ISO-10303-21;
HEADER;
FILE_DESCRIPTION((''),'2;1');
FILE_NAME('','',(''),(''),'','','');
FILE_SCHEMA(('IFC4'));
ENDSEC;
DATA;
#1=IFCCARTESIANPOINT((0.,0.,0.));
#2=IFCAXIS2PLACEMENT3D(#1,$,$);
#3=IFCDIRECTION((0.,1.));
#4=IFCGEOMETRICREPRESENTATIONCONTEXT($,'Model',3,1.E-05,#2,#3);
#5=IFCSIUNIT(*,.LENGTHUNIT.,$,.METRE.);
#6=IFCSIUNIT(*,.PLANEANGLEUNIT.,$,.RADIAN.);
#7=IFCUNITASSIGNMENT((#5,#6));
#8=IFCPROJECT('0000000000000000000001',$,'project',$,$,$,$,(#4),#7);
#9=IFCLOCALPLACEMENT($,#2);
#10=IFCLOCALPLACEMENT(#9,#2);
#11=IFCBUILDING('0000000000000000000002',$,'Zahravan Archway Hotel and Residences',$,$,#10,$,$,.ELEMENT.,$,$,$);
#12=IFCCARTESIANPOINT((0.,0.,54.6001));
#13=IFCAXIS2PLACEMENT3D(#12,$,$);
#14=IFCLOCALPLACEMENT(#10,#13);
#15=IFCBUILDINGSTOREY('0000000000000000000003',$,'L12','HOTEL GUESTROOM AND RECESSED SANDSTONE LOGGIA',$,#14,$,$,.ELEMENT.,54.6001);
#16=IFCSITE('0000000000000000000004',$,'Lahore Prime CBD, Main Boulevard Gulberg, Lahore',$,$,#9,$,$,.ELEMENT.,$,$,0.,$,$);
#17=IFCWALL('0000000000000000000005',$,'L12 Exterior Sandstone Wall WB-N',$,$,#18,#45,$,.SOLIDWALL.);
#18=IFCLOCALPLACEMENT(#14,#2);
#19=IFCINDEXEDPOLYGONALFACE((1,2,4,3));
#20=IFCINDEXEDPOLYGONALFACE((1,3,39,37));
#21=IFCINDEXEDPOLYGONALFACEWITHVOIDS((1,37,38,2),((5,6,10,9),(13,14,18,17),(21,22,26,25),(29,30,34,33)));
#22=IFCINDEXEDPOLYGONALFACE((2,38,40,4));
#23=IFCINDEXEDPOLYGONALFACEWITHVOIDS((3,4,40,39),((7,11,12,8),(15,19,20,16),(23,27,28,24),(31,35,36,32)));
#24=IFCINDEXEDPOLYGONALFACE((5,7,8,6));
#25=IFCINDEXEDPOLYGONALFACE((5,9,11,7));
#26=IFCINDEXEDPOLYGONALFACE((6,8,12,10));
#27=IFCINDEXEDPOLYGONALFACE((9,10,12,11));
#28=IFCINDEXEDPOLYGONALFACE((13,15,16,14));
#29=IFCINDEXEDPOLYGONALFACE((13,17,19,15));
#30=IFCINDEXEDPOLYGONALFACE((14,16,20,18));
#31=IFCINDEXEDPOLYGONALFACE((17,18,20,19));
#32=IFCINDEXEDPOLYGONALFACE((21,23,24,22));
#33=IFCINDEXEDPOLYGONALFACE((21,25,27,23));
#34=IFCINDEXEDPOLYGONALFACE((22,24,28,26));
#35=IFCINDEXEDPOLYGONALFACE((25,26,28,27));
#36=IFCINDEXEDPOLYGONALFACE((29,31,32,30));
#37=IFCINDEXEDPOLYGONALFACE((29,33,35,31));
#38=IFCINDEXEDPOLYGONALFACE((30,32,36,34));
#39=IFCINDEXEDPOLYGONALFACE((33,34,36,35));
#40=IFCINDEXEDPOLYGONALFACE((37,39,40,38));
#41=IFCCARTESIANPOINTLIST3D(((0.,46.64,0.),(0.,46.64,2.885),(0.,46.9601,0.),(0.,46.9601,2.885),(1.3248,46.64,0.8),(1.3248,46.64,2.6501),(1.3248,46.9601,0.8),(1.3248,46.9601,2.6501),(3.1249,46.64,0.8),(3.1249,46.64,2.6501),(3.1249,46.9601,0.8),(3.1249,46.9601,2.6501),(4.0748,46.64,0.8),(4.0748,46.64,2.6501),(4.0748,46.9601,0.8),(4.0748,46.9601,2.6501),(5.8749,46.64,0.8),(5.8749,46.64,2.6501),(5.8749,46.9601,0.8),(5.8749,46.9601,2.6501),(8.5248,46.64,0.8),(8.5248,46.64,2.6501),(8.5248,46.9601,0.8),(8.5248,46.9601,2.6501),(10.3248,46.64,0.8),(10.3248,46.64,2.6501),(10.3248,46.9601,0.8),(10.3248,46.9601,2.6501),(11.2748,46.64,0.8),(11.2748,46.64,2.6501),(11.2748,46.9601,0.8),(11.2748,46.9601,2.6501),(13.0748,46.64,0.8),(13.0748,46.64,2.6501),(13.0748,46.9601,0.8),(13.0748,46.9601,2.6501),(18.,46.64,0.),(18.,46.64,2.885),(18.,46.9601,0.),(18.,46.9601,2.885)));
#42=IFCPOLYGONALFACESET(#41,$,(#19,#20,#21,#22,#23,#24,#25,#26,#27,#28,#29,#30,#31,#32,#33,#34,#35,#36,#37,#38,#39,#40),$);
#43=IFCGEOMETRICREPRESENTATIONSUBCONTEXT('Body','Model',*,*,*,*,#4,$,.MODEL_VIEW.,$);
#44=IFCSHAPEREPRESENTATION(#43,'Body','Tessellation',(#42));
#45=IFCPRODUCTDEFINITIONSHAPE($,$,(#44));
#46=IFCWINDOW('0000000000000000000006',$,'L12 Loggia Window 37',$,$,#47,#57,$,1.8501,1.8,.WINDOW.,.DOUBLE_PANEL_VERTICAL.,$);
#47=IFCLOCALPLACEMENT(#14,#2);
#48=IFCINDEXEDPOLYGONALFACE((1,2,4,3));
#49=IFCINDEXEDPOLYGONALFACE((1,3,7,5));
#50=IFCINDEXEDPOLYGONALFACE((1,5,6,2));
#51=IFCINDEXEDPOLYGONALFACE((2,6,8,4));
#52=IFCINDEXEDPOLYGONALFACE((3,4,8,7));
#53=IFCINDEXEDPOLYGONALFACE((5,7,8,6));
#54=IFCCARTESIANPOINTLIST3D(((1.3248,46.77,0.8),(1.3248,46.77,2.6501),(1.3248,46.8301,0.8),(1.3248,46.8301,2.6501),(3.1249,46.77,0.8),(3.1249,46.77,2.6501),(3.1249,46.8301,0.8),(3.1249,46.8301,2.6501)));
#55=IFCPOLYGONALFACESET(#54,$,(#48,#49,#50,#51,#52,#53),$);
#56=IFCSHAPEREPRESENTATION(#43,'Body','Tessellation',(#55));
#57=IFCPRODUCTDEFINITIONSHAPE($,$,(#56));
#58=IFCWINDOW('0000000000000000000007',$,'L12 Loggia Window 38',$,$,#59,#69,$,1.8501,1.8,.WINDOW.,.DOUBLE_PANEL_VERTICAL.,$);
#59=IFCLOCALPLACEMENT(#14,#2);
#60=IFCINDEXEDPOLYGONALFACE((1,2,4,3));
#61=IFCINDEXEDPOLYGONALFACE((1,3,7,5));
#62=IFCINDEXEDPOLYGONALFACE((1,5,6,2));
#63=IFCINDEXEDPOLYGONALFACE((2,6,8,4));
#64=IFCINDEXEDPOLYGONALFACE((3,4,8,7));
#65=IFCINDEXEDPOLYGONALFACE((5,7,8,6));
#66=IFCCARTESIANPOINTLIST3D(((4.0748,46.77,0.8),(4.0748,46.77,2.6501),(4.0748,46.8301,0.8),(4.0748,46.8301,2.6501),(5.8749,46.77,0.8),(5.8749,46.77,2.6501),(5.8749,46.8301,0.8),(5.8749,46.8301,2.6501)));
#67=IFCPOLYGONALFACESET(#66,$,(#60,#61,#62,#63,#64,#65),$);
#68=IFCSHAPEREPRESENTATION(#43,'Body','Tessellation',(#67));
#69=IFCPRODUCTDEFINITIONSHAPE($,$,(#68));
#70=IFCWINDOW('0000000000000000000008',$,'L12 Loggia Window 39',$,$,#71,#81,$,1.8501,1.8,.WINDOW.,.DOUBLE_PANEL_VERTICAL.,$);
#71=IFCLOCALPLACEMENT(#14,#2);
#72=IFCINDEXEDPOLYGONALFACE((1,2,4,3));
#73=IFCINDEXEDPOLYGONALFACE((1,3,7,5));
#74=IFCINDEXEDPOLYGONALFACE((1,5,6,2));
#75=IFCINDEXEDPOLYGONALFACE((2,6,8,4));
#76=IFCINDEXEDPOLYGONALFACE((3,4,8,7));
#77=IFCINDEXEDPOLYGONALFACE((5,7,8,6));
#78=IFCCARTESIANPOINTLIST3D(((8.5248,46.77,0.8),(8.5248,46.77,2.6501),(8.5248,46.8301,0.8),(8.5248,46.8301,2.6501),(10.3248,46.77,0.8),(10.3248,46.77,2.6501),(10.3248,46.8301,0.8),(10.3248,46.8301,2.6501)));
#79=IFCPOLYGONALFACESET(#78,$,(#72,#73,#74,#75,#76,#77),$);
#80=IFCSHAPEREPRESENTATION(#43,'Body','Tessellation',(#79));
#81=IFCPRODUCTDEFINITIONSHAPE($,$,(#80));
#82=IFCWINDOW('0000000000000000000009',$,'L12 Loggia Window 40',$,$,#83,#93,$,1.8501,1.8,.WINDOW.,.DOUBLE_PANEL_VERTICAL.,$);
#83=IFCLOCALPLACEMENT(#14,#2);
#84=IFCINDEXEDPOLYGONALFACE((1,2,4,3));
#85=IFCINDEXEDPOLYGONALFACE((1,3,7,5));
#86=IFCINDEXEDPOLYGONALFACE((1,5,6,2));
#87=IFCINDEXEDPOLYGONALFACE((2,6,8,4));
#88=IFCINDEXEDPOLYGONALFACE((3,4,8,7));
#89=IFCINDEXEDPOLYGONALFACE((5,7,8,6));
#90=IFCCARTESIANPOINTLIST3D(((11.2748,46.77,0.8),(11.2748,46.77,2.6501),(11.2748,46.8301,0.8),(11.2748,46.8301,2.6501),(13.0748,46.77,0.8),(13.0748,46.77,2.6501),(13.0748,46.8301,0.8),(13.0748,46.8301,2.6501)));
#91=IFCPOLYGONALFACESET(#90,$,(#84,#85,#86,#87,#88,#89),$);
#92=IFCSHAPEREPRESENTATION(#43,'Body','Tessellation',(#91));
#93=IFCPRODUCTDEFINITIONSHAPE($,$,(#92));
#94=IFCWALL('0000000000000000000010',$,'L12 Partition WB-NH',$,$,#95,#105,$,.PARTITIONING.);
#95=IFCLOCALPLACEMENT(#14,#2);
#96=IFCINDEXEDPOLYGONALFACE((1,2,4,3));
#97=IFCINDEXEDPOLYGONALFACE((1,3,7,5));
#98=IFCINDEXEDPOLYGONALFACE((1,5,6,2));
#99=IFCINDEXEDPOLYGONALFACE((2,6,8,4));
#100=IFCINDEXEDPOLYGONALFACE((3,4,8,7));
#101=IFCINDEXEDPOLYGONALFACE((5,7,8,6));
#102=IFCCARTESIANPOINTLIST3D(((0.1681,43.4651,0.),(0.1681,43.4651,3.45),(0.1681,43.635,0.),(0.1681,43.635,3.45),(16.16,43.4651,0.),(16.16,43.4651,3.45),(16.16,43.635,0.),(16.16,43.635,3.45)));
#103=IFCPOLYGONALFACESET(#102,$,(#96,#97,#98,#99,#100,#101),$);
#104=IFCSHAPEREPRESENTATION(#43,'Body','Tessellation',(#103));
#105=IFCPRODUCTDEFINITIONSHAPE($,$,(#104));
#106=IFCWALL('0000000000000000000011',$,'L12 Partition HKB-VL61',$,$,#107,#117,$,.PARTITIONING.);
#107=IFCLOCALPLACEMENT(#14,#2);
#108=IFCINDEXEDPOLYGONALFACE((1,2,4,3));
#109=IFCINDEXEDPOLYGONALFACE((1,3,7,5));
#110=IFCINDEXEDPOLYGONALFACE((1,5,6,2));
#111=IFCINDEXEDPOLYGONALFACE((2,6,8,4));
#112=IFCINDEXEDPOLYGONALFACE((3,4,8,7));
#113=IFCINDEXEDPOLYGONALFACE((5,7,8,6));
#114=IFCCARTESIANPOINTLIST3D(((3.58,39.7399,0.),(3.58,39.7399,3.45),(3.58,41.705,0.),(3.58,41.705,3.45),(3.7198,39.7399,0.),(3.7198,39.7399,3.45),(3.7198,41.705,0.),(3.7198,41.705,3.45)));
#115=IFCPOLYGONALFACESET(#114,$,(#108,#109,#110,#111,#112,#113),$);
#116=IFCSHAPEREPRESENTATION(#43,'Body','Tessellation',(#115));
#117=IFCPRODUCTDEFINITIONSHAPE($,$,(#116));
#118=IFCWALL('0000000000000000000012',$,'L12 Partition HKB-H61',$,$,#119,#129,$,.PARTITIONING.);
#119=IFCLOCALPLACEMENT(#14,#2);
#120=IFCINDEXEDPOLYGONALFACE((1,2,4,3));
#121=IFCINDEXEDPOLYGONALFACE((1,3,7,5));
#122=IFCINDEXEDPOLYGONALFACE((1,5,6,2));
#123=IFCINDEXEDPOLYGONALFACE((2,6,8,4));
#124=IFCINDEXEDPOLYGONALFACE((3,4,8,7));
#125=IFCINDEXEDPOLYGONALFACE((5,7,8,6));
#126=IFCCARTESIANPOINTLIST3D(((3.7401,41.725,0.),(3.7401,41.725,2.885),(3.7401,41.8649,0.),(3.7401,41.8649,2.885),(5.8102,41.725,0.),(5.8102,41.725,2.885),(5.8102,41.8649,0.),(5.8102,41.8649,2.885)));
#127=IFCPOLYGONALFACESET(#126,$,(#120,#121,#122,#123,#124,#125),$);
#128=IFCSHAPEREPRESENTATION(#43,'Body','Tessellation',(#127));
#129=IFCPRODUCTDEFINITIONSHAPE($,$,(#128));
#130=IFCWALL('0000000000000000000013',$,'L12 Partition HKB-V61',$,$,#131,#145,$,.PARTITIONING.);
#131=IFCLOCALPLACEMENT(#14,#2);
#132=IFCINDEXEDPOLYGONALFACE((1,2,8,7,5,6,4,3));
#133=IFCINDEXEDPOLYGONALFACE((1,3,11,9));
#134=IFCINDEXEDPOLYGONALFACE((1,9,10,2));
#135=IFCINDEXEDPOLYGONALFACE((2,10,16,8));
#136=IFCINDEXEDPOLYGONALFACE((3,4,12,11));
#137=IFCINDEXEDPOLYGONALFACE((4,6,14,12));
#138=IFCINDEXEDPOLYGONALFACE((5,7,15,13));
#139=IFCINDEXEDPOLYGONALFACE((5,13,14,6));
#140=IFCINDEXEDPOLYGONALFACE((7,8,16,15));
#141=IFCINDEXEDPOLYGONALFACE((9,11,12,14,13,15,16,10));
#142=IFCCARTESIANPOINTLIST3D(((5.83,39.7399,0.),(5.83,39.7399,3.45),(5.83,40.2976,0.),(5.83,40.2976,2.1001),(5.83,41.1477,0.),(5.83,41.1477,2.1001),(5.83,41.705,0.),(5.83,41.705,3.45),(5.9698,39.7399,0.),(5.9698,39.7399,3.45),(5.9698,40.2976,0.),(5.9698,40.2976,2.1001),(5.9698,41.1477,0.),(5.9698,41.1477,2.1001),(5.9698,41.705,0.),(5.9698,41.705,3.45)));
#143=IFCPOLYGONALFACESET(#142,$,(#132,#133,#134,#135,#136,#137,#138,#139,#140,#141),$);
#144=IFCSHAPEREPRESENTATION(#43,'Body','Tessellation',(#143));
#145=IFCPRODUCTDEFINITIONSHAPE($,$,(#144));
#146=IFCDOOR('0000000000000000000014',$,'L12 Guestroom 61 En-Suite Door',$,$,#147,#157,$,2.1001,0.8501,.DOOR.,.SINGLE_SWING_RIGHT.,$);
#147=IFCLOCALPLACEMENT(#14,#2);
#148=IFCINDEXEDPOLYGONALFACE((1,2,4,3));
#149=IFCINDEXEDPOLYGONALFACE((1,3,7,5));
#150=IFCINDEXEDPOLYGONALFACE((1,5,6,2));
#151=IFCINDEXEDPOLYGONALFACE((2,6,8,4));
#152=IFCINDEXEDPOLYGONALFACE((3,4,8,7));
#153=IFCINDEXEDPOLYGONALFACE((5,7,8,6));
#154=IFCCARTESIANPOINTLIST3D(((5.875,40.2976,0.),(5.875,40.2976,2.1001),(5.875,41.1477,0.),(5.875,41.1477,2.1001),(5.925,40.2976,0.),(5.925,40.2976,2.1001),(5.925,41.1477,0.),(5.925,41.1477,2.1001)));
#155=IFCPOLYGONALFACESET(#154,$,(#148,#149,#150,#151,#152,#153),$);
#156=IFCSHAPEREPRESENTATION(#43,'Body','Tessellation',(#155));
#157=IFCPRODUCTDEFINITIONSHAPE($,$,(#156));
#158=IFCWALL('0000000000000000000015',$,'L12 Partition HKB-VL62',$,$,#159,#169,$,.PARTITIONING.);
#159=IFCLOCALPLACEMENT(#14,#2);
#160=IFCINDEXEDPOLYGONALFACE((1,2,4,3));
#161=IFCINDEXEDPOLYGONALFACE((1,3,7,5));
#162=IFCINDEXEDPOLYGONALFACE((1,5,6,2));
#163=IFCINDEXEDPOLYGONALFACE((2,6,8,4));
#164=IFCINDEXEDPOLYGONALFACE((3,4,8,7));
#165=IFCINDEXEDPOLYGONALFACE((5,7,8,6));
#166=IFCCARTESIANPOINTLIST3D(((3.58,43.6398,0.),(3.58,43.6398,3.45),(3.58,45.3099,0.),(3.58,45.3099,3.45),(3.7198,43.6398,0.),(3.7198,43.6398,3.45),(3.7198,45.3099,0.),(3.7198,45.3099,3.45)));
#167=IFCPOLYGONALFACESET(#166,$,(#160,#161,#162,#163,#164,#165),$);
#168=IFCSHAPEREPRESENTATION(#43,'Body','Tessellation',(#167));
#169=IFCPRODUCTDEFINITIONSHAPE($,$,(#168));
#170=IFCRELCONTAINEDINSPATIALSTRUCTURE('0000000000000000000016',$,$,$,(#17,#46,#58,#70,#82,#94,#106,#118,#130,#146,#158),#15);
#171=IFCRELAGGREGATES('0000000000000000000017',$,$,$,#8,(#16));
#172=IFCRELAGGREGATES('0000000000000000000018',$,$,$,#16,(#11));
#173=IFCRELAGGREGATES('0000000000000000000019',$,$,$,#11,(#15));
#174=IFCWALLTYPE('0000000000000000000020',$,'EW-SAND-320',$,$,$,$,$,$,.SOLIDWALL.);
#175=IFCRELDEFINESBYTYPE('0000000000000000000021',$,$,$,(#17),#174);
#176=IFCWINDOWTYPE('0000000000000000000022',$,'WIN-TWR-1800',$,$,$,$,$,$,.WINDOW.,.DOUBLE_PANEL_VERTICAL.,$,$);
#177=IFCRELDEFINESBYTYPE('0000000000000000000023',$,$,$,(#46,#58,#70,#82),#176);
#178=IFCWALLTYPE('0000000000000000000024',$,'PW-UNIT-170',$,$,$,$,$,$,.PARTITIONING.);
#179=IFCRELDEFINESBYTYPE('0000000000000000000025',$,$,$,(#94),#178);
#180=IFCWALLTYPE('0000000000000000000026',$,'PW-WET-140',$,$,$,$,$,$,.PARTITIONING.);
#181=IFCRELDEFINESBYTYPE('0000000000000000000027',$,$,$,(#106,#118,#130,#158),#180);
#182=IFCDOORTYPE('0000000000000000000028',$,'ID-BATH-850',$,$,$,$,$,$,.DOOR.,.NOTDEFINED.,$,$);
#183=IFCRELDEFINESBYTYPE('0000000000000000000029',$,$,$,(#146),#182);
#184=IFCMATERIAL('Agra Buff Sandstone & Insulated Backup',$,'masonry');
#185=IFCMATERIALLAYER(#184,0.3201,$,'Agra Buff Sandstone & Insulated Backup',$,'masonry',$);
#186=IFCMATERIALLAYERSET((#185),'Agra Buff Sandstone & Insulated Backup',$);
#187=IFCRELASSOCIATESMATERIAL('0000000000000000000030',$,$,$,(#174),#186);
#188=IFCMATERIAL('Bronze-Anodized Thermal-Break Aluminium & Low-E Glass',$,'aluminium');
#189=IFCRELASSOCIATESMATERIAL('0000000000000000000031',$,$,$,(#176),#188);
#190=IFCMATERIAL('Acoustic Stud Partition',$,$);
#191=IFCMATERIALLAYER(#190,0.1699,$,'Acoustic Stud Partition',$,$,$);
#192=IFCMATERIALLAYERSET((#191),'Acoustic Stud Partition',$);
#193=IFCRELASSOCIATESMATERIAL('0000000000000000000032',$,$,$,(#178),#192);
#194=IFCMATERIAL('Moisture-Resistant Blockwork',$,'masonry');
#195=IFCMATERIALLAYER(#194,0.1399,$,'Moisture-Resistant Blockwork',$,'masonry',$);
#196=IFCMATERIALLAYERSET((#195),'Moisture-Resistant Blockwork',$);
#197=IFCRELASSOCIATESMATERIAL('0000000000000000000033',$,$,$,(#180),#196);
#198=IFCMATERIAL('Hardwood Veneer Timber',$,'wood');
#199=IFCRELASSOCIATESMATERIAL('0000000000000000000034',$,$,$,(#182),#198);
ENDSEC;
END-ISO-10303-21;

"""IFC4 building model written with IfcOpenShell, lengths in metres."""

from ifc_helpers import new_model, si_unit, direction, frame, frame_2d, origin, place, context, subcontext, project, spatial, rectangle, extrude, source, transform, mapped, material, layer, layer_set, type_object, type_shapes, element, fill, save


model = new_model("IFC4")

# Units and contexts
model_context = context("Model", 3, precision=1e-05, world=origin(), true_north=direction((0.0, 1.0)))
body_context = subcontext(model_context, "Body", "Model", "MODEL_VIEW")
ifc_project = project(units=[si_unit("LENGTHUNIT", "METRE"), si_unit("PLANEANGLEUNIT", "RADIAN")], contexts=[model_context])

# Site, building, storey
site_placement = place(None, origin())
site = spatial("IfcSite", under=ifc_project, at=site_placement, Name="Lahore Prime CBD, Main Boulevard Gulberg, Lahore", CompositionType="ELEMENT", RefElevation=0.0)
building_placement = place(site_placement, origin())
building = spatial("IfcBuilding", under=site, at=building_placement, Name="Zahravan Archway Hotel and Residences", CompositionType="ELEMENT")
storey_placement = place(building_placement, frame((0.0, 0.0, 54.6001)))
storey = spatial("IfcBuildingStorey", under=building, at=storey_placement, Name="L12", Description="HOTEL GUESTROOM AND RECESSED SANDSTONE LOGGIA", CompositionType="ELEMENT", Elevation=54.6001)

# Wall, openings, windows
ifc_material_1 = material(Name="Agra Buff Sandstone & Insulated Backup", Category="masonry")
ifc_layer_1 = layer(ifc_material_1, 0.3201, Name="Agra Buff Sandstone & Insulated Backup", Category="masonry")
ifc_layer_set_1 = layer_set([ifc_layer_1], Name="Agra Buff Sandstone & Insulated Backup")
wall_type_1 = type_object("IfcWallType", Name="EW-SAND-320", PredefinedType="SOLIDWALL", material=ifc_layer_set_1)
wall_1_placement = place(storey_placement, frame((0.0, 46.8, 0.0), z_axis=(0.0, 0.0, 1.0), x_axis=(1.0, 0.0, 0.0)))
wall_1 = element("IfcWall", 1, at=wall_1_placement, inside=storey, type_object=wall_type_1, Name="L12 Exterior Sandstone Wall WB-N", PredefinedType="SOLIDWALL", context=body_context, shape_type="SweptSolid", body=[
    extrude(rectangle(XDim=18.0, YDim=0.3201, at=frame_2d((9.0, 0.0))), origin(), (0.0, 0.0, 1.0), 2.885),
])
opening_1_placement = place(wall_1_placement, frame((1.325, 0.0, 0.8)))
opening_1 = element("IfcOpeningElement", 2, at=opening_1_placement, cuts=wall_1, PredefinedType="OPENING", context=body_context, shape_type="SweptSolid", body=[
    extrude(rectangle(XDim=1.8, YDim=1.8501, at=frame_2d((0.8999, 0.925))), frame((0.0, 0.1699, 0.0), z_axis=(0.0, -1.0, 0.0), x_axis=(1.0, 0.0, 0.0)), (0.0, 0.0, 1.0), 0.3401),
])
opening_2_placement = place(wall_1_placement, frame((4.075, 0.0, 0.8)))
opening_2 = element("IfcOpeningElement", 3, at=opening_2_placement, cuts=wall_1, PredefinedType="OPENING", context=body_context, shape_type="SweptSolid", body=[
    extrude(rectangle(XDim=1.8, YDim=1.8501, at=frame_2d((0.8999, 0.925))), frame((0.0, 0.1699, 0.0), z_axis=(0.0, -1.0, 0.0), x_axis=(1.0, 0.0, 0.0)), (0.0, 0.0, 1.0), 0.3401),
])
opening_3_placement = place(wall_1_placement, frame((8.5249, 0.0, 0.8)))
opening_3 = element("IfcOpeningElement", 4, at=opening_3_placement, cuts=wall_1, PredefinedType="OPENING", context=body_context, shape_type="SweptSolid", body=[
    extrude(rectangle(XDim=1.8, YDim=1.8501, at=frame_2d((0.8999, 0.925))), frame((0.0, 0.1699, 0.0), z_axis=(0.0, -1.0, 0.0), x_axis=(1.0, 0.0, 0.0)), (0.0, 0.0, 1.0), 0.3401),
])
opening_4_placement = place(wall_1_placement, frame((11.2749, 0.0, 0.8)))
opening_4 = element("IfcOpeningElement", 5, at=opening_4_placement, cuts=wall_1, PredefinedType="OPENING", context=body_context, shape_type="SweptSolid", body=[
    extrude(rectangle(XDim=1.8, YDim=1.8501, at=frame_2d((0.8999, 0.925))), frame((0.0, 0.1699, 0.0), z_axis=(0.0, -1.0, 0.0), x_axis=(1.0, 0.0, 0.0)), (0.0, 0.0, 1.0), 0.3401),
])
ifc_material_2 = material(Name="Bronze-Anodized Thermal-Break Aluminium & Low-E Glass", Category="aluminium")
window_type = type_object("IfcWindowType", Name="WIN-TWR-1800", PartitioningType="DOUBLE_PANEL_VERTICAL", PredefinedType="WINDOW", material=ifc_material_2)
shared_shape_1 = source(origin(), body_context, "Body", "SweptSolid", [
    extrude(rectangle(XDim=1.8, YDim=1.8501, at=frame_2d((0.8999, 0.925))), frame((0.0, 0.03, 0.0), z_axis=(0.0, -1.0, 0.0), x_axis=(1.0, 0.0, 0.0)), (0.0, 0.0, 1.0), 0.0601),
])
type_shapes(window_type, [shared_shape_1])
window_1_placement = place(opening_1_placement, origin())
window_1 = element("IfcWindow", 6, at=window_1_placement, inside=storey, type_object=window_type, Name="L12 Loggia Window 37", OverallHeight=1.8501, OverallWidth=1.8, PartitioningType="DOUBLE_PANEL_VERTICAL", PredefinedType="WINDOW", context=body_context, shape_type="MappedRepresentation", body=[
    mapped(shared_shape_1, transform((0.0, 0.0, 0.0), scale=1.0)),
])
fill(opening_1, window_1)
window_2_placement = place(opening_2_placement, origin())
window_2 = element("IfcWindow", 7, at=window_2_placement, inside=storey, type_object=window_type, Name="L12 Loggia Window 38", OverallHeight=1.8501, OverallWidth=1.8, PartitioningType="DOUBLE_PANEL_VERTICAL", PredefinedType="WINDOW", context=body_context, shape_type="MappedRepresentation", body=[
    mapped(shared_shape_1, transform((0.0, 0.0, 0.0), scale=1.0)),
])
fill(opening_2, window_2)
window_3_placement = place(opening_3_placement, origin())
window_3 = element("IfcWindow", 8, at=window_3_placement, inside=storey, type_object=window_type, Name="L12 Loggia Window 39", OverallHeight=1.8501, OverallWidth=1.8, PartitioningType="DOUBLE_PANEL_VERTICAL", PredefinedType="WINDOW", context=body_context, shape_type="MappedRepresentation", body=[
    mapped(shared_shape_1, transform((0.0, 0.0, 0.0), scale=1.0)),
])
fill(opening_3, window_3)
window_4_placement = place(opening_4_placement, origin())
window_4 = element("IfcWindow", 9, at=window_4_placement, inside=storey, type_object=window_type, Name="L12 Loggia Window 40", OverallHeight=1.8501, OverallWidth=1.8, PartitioningType="DOUBLE_PANEL_VERTICAL", PredefinedType="WINDOW", context=body_context, shape_type="MappedRepresentation", body=[
    mapped(shared_shape_1, transform((0.0, 0.0, 0.0), scale=1.0)),
])
fill(opening_4, window_4)

# Shared definitions
ifc_material_3 = material(Name="Acoustic Stud Partition")
ifc_layer_2 = layer(ifc_material_3, 0.1699, Name="Acoustic Stud Partition")
ifc_layer_set_2 = layer_set([ifc_layer_2], Name="Acoustic Stud Partition")
wall_type_2 = type_object("IfcWallType", Name="PW-UNIT-170", PredefinedType="PARTITIONING", material=ifc_layer_set_2)
ifc_material_4 = material(Name="Hardwood Veneer Timber", Category="wood")

# Walls
wall_2_placement = place(storey_placement, frame((0.168, 43.55, 0.0), z_axis=(0.0, 0.0, 1.0), x_axis=(1.0, 0.0, 0.0)))
element("IfcWall", 10, at=wall_2_placement, inside=storey, type_object=wall_type_2, Name="L12 Partition WB-NH", PredefinedType="PARTITIONING", context=body_context, shape_type="SweptSolid", body=[
    extrude(rectangle(XDim=15.9919, YDim=0.1699, at=frame_2d((7.9961, 0.0))), origin(), (0.0, 0.0, 1.0), 3.45),
])
ifc_material_5 = material(Name="Moisture-Resistant Blockwork", Category="masonry")
ifc_layer_3 = layer(ifc_material_5, 0.1399, Name="Moisture-Resistant Blockwork", Category="masonry")
ifc_layer_set_3 = layer_set([ifc_layer_3], Name="Moisture-Resistant Blockwork")
wall_type_3 = type_object("IfcWallType", Name="PW-WET-140", PredefinedType="PARTITIONING", material=ifc_layer_set_3)
wall_3_placement = place(storey_placement, frame((3.6499, 39.74, 0.0), z_axis=(0.0, 0.0, 1.0), x_axis=(0.0, 1.0, 0.0)))
element("IfcWall", 11, at=wall_3_placement, inside=storey, type_object=wall_type_3, Name="L12 Partition HKB-VL61", PredefinedType="PARTITIONING", context=body_context, shape_type="SweptSolid", body=[
    extrude(rectangle(XDim=1.9651, YDim=0.1399, at=frame_2d((0.9824, 0.0))), origin(), (0.0, 0.0, 1.0), 3.45),
])
wall_4_placement = place(storey_placement, frame((3.74, 41.7949, 0.0), z_axis=(0.0, 0.0, 1.0), x_axis=(1.0, 0.0, 0.0)))
element("IfcWall", 12, at=wall_4_placement, inside=storey, type_object=wall_type_3, Name="L12 Partition HKB-H61", PredefinedType="PARTITIONING", context=body_context, shape_type="SweptSolid", body=[
    extrude(rectangle(XDim=2.0701, YDim=0.1399, at=frame_2d((1.0352, 0.0))), origin(), (0.0, 0.0, 1.0), 2.885),
])

# Wall, opening, door
wall_5_placement = place(storey_placement, frame((5.8999, 39.74, 0.0), z_axis=(0.0, 0.0, 1.0), x_axis=(0.0, 1.0, 0.0)))
wall_5 = element("IfcWall", 13, at=wall_5_placement, inside=storey, type_object=wall_type_3, Name="L12 Partition HKB-V61", PredefinedType="PARTITIONING", context=body_context, shape_type="SweptSolid", body=[
    extrude(rectangle(XDim=1.9651, YDim=0.1399, at=frame_2d((0.9824, 0.0))), origin(), (0.0, 0.0, 1.0), 3.45),
])
opening_5_placement = place(wall_5_placement, frame((0.5576, 0.0, 0.0)))
opening_5 = element("IfcOpeningElement", 14, at=opening_5_placement, cuts=wall_5, PredefinedType="OPENING", context=body_context, shape_type="SweptSolid", body=[
    extrude(rectangle(XDim=0.8501, YDim=2.1001, at=frame_2d((0.425, 1.05))), frame((0.0, 0.0801, 0.0), z_axis=(0.0, -1.0, 0.0), x_axis=(1.0, 0.0, 0.0)), (0.0, 0.0, 1.0), 0.1599),
])
door_type_1 = type_object("IfcDoorType", Name="ID-BATH-850", OperationType="NOTDEFINED", PredefinedType="DOOR", material=ifc_material_4)
shared_shape_2 = source(origin(), body_context, "Body", "SweptSolid", [
    extrude(rectangle(XDim=0.8501, YDim=2.1001, at=frame_2d((0.425, 1.05))), frame((0.0, 0.0249, 0.0), z_axis=(0.0, -1.0, 0.0), x_axis=(1.0, 0.0, 0.0)), (0.0, 0.0, 1.0), 0.05),
])
type_shapes(door_type_1, [shared_shape_2])
door_1_placement = place(opening_5_placement, origin())
door_1 = element("IfcDoor", 15, at=door_1_placement, inside=storey, type_object=door_type_1, Name="L12 Guestroom 61 En-Suite Door", OperationType="SINGLE_SWING_RIGHT", OverallHeight=2.1001, OverallWidth=0.8501, PredefinedType="DOOR", context=body_context, shape_type="MappedRepresentation", body=[
    mapped(shared_shape_2, transform((0.0, 0.0, 0.0), scale=1.0)),
])
fill(opening_5, door_1)

# Wall
wall_6_placement = place(storey_placement, frame((3.6499, 43.6399, 0.0), z_axis=(0.0, 0.0, 1.0), x_axis=(0.0, 1.0, 0.0)))
element("IfcWall", 16, at=wall_6_placement, inside=storey, type_object=wall_type_3, Name="L12 Partition HKB-VL62", PredefinedType="PARTITIONING", context=body_context, shape_type="SweptSolid", body=[
    extrude(rectangle(XDim=1.6702, YDim=0.1399, at=frame_2d((0.835, 0.0))), origin(), (0.0, 0.0, 1.0), 3.45),
])

save(model, "model.ifc")
